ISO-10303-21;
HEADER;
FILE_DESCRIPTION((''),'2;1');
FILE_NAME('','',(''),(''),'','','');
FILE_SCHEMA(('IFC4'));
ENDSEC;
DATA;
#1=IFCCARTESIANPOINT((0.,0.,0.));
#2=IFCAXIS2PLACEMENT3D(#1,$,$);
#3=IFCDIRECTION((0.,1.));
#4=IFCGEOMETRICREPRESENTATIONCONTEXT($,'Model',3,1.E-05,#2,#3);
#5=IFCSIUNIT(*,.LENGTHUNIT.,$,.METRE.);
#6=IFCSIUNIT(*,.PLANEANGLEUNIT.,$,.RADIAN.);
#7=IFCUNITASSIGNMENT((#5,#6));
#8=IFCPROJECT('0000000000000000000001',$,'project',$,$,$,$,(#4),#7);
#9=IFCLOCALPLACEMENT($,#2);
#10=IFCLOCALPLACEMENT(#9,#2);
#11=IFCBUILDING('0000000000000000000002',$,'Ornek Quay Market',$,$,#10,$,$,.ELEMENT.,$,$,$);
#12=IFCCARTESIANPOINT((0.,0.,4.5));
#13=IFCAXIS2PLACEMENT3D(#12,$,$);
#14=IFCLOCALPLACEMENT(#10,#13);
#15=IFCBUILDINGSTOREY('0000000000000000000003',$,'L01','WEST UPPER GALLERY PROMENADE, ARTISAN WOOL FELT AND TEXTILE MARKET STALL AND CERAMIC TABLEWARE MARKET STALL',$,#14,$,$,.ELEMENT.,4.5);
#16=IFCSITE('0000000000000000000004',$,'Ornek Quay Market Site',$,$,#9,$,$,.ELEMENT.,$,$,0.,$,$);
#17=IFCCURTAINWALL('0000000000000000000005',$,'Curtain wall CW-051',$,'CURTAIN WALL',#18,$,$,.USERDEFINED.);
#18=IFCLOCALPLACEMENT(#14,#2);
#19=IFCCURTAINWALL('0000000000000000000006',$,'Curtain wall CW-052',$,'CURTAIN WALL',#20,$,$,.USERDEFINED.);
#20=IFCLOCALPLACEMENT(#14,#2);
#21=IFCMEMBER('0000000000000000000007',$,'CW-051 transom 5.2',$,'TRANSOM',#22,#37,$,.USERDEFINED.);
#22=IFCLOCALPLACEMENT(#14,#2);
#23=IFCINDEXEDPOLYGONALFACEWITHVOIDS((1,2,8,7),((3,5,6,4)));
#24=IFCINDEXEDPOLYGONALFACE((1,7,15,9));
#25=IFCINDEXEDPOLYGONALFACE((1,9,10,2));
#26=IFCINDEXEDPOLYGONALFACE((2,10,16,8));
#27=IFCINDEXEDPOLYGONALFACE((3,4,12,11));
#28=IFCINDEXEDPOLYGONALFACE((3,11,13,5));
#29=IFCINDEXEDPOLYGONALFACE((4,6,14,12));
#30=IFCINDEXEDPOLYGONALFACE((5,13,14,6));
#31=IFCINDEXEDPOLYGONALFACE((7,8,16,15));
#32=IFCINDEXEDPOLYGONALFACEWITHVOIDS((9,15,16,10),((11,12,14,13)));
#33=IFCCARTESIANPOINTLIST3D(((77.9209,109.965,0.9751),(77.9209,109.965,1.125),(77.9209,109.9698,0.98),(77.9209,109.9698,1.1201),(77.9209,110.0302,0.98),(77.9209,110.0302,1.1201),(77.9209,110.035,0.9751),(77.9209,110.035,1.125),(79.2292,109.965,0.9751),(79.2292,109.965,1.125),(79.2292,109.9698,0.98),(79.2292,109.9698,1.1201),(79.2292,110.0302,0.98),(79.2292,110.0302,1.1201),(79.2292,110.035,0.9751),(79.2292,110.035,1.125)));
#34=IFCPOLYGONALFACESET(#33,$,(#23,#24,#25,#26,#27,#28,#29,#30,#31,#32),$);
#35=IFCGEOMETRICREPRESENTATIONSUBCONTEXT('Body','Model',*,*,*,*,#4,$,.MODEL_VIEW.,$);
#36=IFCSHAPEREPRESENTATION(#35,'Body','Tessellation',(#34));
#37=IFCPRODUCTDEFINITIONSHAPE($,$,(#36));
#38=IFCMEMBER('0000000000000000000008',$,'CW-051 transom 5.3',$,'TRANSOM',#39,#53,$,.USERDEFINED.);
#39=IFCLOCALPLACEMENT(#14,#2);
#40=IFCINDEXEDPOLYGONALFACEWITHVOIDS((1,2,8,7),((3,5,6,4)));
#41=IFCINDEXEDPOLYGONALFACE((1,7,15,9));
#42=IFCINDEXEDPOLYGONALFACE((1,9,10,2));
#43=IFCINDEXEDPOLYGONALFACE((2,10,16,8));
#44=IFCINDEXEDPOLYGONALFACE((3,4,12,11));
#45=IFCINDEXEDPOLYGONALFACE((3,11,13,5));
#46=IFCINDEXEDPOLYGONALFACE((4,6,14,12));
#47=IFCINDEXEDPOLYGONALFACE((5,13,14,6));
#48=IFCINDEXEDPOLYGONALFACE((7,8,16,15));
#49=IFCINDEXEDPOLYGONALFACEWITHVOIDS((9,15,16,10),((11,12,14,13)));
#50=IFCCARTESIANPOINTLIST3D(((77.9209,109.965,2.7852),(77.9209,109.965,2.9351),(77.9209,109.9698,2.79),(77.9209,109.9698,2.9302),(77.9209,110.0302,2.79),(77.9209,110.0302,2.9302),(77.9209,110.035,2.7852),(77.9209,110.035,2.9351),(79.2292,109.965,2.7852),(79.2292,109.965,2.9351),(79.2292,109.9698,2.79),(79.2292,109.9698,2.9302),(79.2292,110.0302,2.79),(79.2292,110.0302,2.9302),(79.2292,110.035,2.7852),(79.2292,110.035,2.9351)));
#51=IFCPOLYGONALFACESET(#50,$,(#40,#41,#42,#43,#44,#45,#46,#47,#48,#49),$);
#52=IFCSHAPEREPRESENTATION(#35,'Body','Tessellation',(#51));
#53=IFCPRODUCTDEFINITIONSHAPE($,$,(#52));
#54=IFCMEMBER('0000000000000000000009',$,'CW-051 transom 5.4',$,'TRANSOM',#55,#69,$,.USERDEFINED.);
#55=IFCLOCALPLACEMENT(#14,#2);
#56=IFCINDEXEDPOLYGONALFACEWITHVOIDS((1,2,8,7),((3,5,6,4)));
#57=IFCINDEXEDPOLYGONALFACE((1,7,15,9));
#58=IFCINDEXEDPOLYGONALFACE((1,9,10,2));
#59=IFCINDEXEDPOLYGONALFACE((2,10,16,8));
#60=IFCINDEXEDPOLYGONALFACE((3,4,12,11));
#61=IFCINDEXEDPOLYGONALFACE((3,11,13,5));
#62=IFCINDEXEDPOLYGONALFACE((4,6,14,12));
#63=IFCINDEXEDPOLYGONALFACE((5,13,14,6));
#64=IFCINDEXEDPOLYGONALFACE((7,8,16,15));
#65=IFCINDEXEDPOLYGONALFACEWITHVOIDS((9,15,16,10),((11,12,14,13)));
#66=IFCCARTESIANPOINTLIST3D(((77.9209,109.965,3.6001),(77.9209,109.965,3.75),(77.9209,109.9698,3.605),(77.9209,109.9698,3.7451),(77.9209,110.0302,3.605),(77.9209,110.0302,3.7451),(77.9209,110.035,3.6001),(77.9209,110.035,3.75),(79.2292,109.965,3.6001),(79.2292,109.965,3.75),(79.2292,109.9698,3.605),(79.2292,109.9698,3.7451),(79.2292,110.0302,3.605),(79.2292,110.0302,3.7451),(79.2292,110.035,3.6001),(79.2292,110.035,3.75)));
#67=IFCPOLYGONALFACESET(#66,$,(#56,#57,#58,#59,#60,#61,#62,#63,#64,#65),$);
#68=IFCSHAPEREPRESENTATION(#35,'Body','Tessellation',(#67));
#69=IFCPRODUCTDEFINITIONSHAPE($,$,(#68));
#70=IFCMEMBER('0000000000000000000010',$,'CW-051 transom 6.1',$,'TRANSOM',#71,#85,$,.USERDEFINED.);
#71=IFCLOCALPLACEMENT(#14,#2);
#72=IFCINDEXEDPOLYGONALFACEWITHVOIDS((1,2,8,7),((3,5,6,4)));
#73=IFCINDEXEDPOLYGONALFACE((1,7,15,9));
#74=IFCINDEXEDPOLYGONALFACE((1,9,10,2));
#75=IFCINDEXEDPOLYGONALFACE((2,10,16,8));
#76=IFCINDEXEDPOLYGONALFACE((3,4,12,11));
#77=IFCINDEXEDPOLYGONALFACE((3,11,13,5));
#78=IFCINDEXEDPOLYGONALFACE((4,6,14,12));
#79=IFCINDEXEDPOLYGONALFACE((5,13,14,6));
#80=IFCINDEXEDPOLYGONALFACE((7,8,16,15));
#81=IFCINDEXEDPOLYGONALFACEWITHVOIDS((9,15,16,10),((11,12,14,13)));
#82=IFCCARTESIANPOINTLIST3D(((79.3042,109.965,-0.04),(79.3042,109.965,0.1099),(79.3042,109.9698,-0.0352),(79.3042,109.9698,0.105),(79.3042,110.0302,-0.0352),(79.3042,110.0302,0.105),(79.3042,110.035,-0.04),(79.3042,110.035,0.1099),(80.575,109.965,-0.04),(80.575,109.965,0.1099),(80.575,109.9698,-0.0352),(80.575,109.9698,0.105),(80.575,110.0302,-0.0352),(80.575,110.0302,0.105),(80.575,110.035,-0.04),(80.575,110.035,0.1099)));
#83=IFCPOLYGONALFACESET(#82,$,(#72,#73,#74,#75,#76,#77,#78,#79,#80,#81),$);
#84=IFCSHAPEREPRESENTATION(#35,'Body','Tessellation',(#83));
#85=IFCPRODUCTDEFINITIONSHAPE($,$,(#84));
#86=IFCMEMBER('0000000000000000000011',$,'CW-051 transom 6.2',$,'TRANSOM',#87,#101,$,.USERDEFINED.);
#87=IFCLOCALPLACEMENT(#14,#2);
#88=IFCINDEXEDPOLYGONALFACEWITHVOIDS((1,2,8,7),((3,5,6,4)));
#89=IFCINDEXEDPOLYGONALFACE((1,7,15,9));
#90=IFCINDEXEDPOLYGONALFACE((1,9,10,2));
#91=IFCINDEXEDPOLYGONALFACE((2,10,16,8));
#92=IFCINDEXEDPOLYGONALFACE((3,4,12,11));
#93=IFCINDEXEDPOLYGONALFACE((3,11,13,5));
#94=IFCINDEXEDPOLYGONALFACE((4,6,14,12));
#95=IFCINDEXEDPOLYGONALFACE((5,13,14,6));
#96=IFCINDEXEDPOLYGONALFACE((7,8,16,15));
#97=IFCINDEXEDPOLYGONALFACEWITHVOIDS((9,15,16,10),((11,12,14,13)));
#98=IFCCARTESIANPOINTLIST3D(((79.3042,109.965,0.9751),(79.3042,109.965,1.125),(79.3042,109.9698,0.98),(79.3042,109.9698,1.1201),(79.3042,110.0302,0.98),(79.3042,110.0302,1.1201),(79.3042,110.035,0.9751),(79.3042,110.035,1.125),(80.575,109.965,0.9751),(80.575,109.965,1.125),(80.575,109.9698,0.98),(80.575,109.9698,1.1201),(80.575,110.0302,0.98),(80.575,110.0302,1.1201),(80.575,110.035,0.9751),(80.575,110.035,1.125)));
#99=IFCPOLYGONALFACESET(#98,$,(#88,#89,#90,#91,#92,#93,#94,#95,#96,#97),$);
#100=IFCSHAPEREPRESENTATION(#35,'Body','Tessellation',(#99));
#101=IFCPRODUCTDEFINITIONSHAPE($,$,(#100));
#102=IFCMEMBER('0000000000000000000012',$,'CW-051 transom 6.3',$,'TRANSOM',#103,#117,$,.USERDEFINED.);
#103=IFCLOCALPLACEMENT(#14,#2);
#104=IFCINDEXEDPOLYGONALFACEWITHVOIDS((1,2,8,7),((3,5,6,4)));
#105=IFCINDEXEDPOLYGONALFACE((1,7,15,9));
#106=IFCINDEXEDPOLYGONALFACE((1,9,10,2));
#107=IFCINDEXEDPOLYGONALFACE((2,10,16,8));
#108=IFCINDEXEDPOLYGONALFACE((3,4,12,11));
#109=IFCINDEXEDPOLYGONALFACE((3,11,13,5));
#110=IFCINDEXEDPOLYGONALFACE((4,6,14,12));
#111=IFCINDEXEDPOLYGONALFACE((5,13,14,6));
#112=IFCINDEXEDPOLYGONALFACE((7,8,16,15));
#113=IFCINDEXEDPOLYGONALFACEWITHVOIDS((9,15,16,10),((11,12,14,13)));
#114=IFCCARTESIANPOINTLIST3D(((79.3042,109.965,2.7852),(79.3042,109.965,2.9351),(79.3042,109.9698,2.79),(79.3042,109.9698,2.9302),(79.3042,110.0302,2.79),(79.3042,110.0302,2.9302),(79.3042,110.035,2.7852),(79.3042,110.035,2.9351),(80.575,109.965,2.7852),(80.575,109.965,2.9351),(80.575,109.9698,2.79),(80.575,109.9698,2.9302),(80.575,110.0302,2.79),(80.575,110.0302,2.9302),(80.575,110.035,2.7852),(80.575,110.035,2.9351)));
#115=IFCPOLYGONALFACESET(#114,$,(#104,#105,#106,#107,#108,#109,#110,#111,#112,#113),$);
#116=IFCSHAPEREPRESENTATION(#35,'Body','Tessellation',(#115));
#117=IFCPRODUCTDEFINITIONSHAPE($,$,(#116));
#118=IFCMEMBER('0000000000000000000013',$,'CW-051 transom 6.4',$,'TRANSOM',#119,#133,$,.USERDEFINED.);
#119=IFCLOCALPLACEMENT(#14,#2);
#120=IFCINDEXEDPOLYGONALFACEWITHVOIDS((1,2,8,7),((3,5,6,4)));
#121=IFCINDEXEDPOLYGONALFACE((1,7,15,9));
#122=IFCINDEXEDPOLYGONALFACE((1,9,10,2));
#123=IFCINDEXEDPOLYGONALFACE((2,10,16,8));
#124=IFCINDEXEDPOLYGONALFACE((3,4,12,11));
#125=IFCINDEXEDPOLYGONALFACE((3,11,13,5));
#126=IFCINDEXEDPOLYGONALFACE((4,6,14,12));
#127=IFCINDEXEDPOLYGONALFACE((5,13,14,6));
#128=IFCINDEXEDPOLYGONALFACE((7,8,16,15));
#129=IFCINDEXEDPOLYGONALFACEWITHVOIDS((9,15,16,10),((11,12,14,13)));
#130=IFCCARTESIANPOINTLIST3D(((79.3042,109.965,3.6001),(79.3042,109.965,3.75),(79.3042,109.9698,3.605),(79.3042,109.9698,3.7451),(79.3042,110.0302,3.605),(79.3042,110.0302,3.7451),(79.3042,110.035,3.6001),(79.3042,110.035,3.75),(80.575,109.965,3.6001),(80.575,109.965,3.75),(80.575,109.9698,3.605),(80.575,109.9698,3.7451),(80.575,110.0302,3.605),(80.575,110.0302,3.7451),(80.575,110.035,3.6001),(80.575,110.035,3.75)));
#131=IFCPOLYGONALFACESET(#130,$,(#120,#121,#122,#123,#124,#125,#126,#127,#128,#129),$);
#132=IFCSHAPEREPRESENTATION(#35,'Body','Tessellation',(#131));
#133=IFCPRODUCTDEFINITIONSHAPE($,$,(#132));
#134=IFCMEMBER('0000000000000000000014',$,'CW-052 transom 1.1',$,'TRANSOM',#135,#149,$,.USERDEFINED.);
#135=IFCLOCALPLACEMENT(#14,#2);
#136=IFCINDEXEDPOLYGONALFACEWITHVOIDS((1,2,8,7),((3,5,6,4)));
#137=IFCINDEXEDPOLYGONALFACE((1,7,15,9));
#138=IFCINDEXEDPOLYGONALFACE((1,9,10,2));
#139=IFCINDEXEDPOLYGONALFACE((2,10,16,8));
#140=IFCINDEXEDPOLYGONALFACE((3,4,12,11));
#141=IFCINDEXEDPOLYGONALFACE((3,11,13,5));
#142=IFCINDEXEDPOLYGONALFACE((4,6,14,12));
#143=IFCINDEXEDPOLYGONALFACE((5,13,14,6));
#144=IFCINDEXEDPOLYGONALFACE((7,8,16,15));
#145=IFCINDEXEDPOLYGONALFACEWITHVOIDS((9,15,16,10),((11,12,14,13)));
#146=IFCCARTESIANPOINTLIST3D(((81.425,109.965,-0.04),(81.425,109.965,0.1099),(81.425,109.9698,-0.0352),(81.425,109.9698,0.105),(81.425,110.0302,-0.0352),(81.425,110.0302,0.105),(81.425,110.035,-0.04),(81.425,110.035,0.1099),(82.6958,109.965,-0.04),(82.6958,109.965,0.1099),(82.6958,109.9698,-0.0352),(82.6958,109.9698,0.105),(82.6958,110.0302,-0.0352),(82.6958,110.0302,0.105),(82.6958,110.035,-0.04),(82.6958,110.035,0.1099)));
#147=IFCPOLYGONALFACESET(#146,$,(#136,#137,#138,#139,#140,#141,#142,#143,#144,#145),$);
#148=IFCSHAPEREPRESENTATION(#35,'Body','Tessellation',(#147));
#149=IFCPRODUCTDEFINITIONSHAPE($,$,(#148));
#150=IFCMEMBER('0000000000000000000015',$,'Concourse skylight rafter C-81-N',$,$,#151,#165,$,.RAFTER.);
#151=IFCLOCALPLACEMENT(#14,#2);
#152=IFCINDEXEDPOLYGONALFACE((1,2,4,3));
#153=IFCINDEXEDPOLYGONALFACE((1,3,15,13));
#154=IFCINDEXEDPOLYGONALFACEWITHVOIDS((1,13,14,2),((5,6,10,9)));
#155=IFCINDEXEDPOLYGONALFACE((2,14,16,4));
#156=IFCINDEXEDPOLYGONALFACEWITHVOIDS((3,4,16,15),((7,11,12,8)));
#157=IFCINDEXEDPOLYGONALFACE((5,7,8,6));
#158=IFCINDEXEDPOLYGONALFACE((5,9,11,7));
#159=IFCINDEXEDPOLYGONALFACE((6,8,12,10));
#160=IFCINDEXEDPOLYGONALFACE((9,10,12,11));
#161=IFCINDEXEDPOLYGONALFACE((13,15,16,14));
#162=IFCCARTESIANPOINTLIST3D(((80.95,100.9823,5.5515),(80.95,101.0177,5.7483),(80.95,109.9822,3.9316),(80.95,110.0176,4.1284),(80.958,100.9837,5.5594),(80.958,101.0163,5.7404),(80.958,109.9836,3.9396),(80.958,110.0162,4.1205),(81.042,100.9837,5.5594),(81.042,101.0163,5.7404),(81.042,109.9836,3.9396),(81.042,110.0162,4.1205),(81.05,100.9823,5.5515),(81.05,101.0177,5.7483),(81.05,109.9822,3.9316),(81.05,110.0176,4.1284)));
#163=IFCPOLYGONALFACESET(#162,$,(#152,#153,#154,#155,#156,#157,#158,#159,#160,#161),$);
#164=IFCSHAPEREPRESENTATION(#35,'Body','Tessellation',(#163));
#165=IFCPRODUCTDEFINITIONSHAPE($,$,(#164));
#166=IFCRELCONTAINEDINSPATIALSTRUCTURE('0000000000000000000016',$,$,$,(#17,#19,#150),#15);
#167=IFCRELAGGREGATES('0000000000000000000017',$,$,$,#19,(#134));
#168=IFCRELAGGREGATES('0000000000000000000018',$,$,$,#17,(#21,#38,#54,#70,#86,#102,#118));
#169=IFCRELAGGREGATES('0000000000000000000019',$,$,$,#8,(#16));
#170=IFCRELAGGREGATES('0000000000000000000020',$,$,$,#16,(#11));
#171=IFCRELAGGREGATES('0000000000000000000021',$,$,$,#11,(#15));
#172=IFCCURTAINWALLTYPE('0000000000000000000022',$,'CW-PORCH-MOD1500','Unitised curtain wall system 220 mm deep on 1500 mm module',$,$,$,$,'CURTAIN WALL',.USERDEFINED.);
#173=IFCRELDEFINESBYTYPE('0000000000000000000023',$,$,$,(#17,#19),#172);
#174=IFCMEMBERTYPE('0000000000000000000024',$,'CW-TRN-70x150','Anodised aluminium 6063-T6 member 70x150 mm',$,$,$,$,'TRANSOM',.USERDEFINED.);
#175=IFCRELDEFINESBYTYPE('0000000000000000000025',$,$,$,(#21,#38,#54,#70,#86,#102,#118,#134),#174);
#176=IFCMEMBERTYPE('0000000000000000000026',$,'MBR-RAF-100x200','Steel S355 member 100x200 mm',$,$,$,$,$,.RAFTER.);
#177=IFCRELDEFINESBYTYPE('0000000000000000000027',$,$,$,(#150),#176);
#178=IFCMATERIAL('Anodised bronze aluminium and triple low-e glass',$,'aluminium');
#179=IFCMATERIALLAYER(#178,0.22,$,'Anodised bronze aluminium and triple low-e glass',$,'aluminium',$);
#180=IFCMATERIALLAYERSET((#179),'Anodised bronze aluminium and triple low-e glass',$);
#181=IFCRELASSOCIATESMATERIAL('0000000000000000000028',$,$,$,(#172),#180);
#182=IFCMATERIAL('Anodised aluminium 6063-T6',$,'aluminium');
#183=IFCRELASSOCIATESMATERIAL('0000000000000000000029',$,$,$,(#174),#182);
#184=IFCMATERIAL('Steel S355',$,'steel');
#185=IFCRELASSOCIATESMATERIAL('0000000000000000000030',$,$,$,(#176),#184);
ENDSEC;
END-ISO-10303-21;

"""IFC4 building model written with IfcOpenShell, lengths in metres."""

from ifc_helpers import new_model, si_unit, direction, frame, origin, origin_2d, place, context, subcontext, project, spatial, hollow_rectangle, extrude, material, layer, layer_set, material_profile, profile_set, type_object, element, aggregate, save


model = new_model("IFC4")

# Units and contexts
model_context = context("Model", 3, precision=1e-05, world=origin(), true_north=direction((0.0, 1.0)))
body_context = subcontext(model_context, "Body", "Model", "MODEL_VIEW")
ifc_project = project(units=[si_unit("LENGTHUNIT", "METRE"), si_unit("PLANEANGLEUNIT", "RADIAN")], contexts=[model_context])

# Site, building, storey
site_placement = place(None, origin())
site = spatial("IfcSite", under=ifc_project, at=site_placement, Name="Ornek Quay Market Site", CompositionType="ELEMENT", RefElevation=0.0)
building_placement = place(site_placement, origin())
building = spatial("IfcBuilding", under=site, at=building_placement, Name="Ornek Quay Market", CompositionType="ELEMENT")
storey_placement = place(building_placement, frame((0.0, 0.0, 4.5)))
storey = spatial("IfcBuildingStorey", under=building, at=storey_placement, Name="L01", Description="WEST UPPER GALLERY PROMENADE, ARTISAN WOOL FELT AND TEXTILE MARKET STALL AND CERAMIC TABLEWARE MARKET STALL", CompositionType="ELEMENT", Elevation=4.5)

# Curtain wall
ifc_material_1 = material(Name="Anodised bronze aluminium and triple low-e glass", Category="aluminium")
ifc_layer_1 = layer(ifc_material_1, 0.22, Name="Anodised bronze aluminium and triple low-e glass", Category="aluminium")
ifc_layer_set_1 = layer_set([ifc_layer_1], Name="Anodised bronze aluminium and triple low-e glass")
curtain_wall_type = type_object("IfcCurtainWallType", Name="CW-PORCH-MOD1500", Description="Unitised curtain wall system 220 mm deep on 1500 mm module", ElementType="CURTAIN WALL", PredefinedType="USERDEFINED", material=ifc_layer_set_1)
curtain_wall_1_placement = place(storey_placement, origin())
curtain_wall_1 = element("IfcCurtainWall", 1, at=curtain_wall_1_placement, inside=storey, type_object=curtain_wall_type, Name="Curtain wall CW-051", ObjectType="CURTAIN WALL", PredefinedType="USERDEFINED")
ifc_material_2 = material(Name="Anodised aluminium 6063-T6", Category="aluminium")

# Curtain wall
curtain_wall_2_placement = place(storey_placement, origin())
curtain_wall_2 = element("IfcCurtainWall", 2, at=curtain_wall_2_placement, inside=storey, type_object=curtain_wall_type, Name="Curtain wall CW-052", ObjectType="CURTAIN WALL", PredefinedType="USERDEFINED")

# Members
ifc_material_profile_1 = material_profile(ifc_material_2, hollow_rectangle(XDim=0.0701, YDim=0.1499, WallThickness=0.0049, at=origin_2d()), Name="CW-TRN-70x150", Category="aluminium")
ifc_profile_set_1 = profile_set([ifc_material_profile_1], Name="Anodised aluminium 6063-T6")
member_type_1 = type_object("IfcMemberType", Name="CW-TRN-70x150", Description="Anodised aluminium 6063-T6 member 70x150 mm", ElementType="TRANSOM", PredefinedType="USERDEFINED", material=ifc_profile_set_1)
member_1_placement = place(storey_placement, frame((77.9209, 110.0, 1.05), z_axis=(1.0, 0.0, 0.0), x_axis=(0.0, 1.0, 0.0)))
member_1 = element("IfcMember", 3, at=member_1_placement, type_object=member_type_1, Name="CW-051 transom 5.2", ObjectType="TRANSOM", PredefinedType="USERDEFINED", context=body_context, shape_type="SweptSolid", body=[
    extrude(hollow_rectangle(XDim=0.0701, YDim=0.1499, WallThickness=0.0049, at=origin_2d()), origin(), (0.0, 0.0, 1.0), 1.3083),
])
member_2_placement = place(storey_placement, frame((77.9209, 110.0, 2.8601), z_axis=(1.0, 0.0, 0.0), x_axis=(0.0, 1.0, 0.0)))
member_2 = element("IfcMember", 4, at=member_2_placement, type_object=member_type_1, Name="CW-051 transom 5.3", ObjectType="TRANSOM", PredefinedType="USERDEFINED", context=body_context, shape_type="SweptSolid", body=[
    extrude(hollow_rectangle(XDim=0.0701, YDim=0.1499, WallThickness=0.0049, at=origin_2d()), origin(), (0.0, 0.0, 1.0), 1.3083),
])
member_3_placement = place(storey_placement, frame((77.9209, 110.0, 3.675), z_axis=(1.0, 0.0, 0.0), x_axis=(0.0, 1.0, 0.0)))
member_3 = element("IfcMember", 5, at=member_3_placement, type_object=member_type_1, Name="CW-051 transom 5.4", ObjectType="TRANSOM", PredefinedType="USERDEFINED", context=body_context, shape_type="SweptSolid", body=[
    extrude(hollow_rectangle(XDim=0.0701, YDim=0.1499, WallThickness=0.0049, at=origin_2d()), origin(), (0.0, 0.0, 1.0), 1.3083),
])
member_4_placement = place(storey_placement, frame((79.3042, 110.0, 0.0349), z_axis=(1.0, 0.0, 0.0), x_axis=(0.0, 1.0, 0.0)))
member_4 = element("IfcMember", 6, at=member_4_placement, type_object=member_type_1, Name="CW-051 transom 6.1", ObjectType="TRANSOM", PredefinedType="USERDEFINED", context=body_context, shape_type="SweptSolid", body=[
    extrude(hollow_rectangle(XDim=0.0701, YDim=0.1499, WallThickness=0.0049, at=origin_2d()), origin(), (0.0, 0.0, 1.0), 1.2708),
])
member_5_placement = place(storey_placement, frame((79.3042, 110.0, 1.05), z_axis=(1.0, 0.0, 0.0), x_axis=(0.0, 1.0, 0.0)))
member_5 = element("IfcMember", 7, at=member_5_placement, type_object=member_type_1, Name="CW-051 transom 6.2", ObjectType="TRANSOM", PredefinedType="USERDEFINED", context=body_context, shape_type="SweptSolid", body=[
    extrude(hollow_rectangle(XDim=0.0701, YDim=0.1499, WallThickness=0.0049, at=origin_2d()), origin(), (0.0, 0.0, 1.0), 1.2708),
])
member_6_placement = place(storey_placement, frame((79.3042, 110.0, 2.8601), z_axis=(1.0, 0.0, 0.0), x_axis=(0.0, 1.0, 0.0)))
member_6 = element("IfcMember", 8, at=member_6_placement, type_object=member_type_1, Name="CW-051 transom 6.3", ObjectType="TRANSOM", PredefinedType="USERDEFINED", context=body_context, shape_type="SweptSolid", body=[
    extrude(hollow_rectangle(XDim=0.0701, YDim=0.1499, WallThickness=0.0049, at=origin_2d()), origin(), (0.0, 0.0, 1.0), 1.2708),
])
member_7_placement = place(storey_placement, frame((79.3042, 110.0, 3.675), z_axis=(1.0, 0.0, 0.0), x_axis=(0.0, 1.0, 0.0)))
member_7 = element("IfcMember", 9, at=member_7_placement, type_object=member_type_1, Name="CW-051 transom 6.4", ObjectType="TRANSOM", PredefinedType="USERDEFINED", context=body_context, shape_type="SweptSolid", body=[
    extrude(hollow_rectangle(XDim=0.0701, YDim=0.1499, WallThickness=0.0049, at=origin_2d()), origin(), (0.0, 0.0, 1.0), 1.2708),
])
member_8_placement = place(storey_placement, frame((81.425, 110.0, 0.0349), z_axis=(1.0, 0.0, 0.0), x_axis=(0.0, 1.0, 0.0)))
member_8 = element("IfcMember", 10, at=member_8_placement, type_object=member_type_1, Name="CW-052 transom 1.1", ObjectType="TRANSOM", PredefinedType="USERDEFINED", context=body_context, shape_type="SweptSolid", body=[
    extrude(hollow_rectangle(XDim=0.0701, YDim=0.1499, WallThickness=0.0049, at=origin_2d()), origin(), (0.0, 0.0, 1.0), 1.2708),
])
aggregate(curtain_wall_2, [member_8])

# Member
ifc_material_3 = material(Name="Steel S355", Category="steel")
ifc_material_profile_2 = material_profile(ifc_material_3, hollow_rectangle(XDim=0.1001, YDim=0.2, WallThickness=0.0081, at=origin_2d()), Name="MBR-RAF-100x200", Category="steel")
ifc_profile_set_2 = profile_set([ifc_material_profile_2], Name="Steel S355")
member_type_2 = type_object("IfcMemberType", Name="MBR-RAF-100x200", Description="Steel S355 member 100x200 mm", PredefinedType="RAFTER", material=ifc_profile_set_2)
member_9_placement = place(storey_placement, frame((81.0, 101.0, 5.6499), z_axis=(0.0, 0.984186, -0.17714), x_axis=(-1.0, 0.0, 0.0)))
element("IfcMember", 11, at=member_9_placement, inside=storey, type_object=member_type_2, Name="Concourse skylight rafter C-81-N", PredefinedType="RAFTER", context=body_context, shape_type="SweptSolid", body=[
    extrude(hollow_rectangle(XDim=0.1001, YDim=0.2, WallThickness=0.0081, at=origin_2d()), origin(), (0.0, 0.0, 1.0), 9.1445),
])

aggregate(curtain_wall_1, [member_1, member_2, member_3, member_4, member_5, member_6, member_7])

save(model, "model.ifc")
